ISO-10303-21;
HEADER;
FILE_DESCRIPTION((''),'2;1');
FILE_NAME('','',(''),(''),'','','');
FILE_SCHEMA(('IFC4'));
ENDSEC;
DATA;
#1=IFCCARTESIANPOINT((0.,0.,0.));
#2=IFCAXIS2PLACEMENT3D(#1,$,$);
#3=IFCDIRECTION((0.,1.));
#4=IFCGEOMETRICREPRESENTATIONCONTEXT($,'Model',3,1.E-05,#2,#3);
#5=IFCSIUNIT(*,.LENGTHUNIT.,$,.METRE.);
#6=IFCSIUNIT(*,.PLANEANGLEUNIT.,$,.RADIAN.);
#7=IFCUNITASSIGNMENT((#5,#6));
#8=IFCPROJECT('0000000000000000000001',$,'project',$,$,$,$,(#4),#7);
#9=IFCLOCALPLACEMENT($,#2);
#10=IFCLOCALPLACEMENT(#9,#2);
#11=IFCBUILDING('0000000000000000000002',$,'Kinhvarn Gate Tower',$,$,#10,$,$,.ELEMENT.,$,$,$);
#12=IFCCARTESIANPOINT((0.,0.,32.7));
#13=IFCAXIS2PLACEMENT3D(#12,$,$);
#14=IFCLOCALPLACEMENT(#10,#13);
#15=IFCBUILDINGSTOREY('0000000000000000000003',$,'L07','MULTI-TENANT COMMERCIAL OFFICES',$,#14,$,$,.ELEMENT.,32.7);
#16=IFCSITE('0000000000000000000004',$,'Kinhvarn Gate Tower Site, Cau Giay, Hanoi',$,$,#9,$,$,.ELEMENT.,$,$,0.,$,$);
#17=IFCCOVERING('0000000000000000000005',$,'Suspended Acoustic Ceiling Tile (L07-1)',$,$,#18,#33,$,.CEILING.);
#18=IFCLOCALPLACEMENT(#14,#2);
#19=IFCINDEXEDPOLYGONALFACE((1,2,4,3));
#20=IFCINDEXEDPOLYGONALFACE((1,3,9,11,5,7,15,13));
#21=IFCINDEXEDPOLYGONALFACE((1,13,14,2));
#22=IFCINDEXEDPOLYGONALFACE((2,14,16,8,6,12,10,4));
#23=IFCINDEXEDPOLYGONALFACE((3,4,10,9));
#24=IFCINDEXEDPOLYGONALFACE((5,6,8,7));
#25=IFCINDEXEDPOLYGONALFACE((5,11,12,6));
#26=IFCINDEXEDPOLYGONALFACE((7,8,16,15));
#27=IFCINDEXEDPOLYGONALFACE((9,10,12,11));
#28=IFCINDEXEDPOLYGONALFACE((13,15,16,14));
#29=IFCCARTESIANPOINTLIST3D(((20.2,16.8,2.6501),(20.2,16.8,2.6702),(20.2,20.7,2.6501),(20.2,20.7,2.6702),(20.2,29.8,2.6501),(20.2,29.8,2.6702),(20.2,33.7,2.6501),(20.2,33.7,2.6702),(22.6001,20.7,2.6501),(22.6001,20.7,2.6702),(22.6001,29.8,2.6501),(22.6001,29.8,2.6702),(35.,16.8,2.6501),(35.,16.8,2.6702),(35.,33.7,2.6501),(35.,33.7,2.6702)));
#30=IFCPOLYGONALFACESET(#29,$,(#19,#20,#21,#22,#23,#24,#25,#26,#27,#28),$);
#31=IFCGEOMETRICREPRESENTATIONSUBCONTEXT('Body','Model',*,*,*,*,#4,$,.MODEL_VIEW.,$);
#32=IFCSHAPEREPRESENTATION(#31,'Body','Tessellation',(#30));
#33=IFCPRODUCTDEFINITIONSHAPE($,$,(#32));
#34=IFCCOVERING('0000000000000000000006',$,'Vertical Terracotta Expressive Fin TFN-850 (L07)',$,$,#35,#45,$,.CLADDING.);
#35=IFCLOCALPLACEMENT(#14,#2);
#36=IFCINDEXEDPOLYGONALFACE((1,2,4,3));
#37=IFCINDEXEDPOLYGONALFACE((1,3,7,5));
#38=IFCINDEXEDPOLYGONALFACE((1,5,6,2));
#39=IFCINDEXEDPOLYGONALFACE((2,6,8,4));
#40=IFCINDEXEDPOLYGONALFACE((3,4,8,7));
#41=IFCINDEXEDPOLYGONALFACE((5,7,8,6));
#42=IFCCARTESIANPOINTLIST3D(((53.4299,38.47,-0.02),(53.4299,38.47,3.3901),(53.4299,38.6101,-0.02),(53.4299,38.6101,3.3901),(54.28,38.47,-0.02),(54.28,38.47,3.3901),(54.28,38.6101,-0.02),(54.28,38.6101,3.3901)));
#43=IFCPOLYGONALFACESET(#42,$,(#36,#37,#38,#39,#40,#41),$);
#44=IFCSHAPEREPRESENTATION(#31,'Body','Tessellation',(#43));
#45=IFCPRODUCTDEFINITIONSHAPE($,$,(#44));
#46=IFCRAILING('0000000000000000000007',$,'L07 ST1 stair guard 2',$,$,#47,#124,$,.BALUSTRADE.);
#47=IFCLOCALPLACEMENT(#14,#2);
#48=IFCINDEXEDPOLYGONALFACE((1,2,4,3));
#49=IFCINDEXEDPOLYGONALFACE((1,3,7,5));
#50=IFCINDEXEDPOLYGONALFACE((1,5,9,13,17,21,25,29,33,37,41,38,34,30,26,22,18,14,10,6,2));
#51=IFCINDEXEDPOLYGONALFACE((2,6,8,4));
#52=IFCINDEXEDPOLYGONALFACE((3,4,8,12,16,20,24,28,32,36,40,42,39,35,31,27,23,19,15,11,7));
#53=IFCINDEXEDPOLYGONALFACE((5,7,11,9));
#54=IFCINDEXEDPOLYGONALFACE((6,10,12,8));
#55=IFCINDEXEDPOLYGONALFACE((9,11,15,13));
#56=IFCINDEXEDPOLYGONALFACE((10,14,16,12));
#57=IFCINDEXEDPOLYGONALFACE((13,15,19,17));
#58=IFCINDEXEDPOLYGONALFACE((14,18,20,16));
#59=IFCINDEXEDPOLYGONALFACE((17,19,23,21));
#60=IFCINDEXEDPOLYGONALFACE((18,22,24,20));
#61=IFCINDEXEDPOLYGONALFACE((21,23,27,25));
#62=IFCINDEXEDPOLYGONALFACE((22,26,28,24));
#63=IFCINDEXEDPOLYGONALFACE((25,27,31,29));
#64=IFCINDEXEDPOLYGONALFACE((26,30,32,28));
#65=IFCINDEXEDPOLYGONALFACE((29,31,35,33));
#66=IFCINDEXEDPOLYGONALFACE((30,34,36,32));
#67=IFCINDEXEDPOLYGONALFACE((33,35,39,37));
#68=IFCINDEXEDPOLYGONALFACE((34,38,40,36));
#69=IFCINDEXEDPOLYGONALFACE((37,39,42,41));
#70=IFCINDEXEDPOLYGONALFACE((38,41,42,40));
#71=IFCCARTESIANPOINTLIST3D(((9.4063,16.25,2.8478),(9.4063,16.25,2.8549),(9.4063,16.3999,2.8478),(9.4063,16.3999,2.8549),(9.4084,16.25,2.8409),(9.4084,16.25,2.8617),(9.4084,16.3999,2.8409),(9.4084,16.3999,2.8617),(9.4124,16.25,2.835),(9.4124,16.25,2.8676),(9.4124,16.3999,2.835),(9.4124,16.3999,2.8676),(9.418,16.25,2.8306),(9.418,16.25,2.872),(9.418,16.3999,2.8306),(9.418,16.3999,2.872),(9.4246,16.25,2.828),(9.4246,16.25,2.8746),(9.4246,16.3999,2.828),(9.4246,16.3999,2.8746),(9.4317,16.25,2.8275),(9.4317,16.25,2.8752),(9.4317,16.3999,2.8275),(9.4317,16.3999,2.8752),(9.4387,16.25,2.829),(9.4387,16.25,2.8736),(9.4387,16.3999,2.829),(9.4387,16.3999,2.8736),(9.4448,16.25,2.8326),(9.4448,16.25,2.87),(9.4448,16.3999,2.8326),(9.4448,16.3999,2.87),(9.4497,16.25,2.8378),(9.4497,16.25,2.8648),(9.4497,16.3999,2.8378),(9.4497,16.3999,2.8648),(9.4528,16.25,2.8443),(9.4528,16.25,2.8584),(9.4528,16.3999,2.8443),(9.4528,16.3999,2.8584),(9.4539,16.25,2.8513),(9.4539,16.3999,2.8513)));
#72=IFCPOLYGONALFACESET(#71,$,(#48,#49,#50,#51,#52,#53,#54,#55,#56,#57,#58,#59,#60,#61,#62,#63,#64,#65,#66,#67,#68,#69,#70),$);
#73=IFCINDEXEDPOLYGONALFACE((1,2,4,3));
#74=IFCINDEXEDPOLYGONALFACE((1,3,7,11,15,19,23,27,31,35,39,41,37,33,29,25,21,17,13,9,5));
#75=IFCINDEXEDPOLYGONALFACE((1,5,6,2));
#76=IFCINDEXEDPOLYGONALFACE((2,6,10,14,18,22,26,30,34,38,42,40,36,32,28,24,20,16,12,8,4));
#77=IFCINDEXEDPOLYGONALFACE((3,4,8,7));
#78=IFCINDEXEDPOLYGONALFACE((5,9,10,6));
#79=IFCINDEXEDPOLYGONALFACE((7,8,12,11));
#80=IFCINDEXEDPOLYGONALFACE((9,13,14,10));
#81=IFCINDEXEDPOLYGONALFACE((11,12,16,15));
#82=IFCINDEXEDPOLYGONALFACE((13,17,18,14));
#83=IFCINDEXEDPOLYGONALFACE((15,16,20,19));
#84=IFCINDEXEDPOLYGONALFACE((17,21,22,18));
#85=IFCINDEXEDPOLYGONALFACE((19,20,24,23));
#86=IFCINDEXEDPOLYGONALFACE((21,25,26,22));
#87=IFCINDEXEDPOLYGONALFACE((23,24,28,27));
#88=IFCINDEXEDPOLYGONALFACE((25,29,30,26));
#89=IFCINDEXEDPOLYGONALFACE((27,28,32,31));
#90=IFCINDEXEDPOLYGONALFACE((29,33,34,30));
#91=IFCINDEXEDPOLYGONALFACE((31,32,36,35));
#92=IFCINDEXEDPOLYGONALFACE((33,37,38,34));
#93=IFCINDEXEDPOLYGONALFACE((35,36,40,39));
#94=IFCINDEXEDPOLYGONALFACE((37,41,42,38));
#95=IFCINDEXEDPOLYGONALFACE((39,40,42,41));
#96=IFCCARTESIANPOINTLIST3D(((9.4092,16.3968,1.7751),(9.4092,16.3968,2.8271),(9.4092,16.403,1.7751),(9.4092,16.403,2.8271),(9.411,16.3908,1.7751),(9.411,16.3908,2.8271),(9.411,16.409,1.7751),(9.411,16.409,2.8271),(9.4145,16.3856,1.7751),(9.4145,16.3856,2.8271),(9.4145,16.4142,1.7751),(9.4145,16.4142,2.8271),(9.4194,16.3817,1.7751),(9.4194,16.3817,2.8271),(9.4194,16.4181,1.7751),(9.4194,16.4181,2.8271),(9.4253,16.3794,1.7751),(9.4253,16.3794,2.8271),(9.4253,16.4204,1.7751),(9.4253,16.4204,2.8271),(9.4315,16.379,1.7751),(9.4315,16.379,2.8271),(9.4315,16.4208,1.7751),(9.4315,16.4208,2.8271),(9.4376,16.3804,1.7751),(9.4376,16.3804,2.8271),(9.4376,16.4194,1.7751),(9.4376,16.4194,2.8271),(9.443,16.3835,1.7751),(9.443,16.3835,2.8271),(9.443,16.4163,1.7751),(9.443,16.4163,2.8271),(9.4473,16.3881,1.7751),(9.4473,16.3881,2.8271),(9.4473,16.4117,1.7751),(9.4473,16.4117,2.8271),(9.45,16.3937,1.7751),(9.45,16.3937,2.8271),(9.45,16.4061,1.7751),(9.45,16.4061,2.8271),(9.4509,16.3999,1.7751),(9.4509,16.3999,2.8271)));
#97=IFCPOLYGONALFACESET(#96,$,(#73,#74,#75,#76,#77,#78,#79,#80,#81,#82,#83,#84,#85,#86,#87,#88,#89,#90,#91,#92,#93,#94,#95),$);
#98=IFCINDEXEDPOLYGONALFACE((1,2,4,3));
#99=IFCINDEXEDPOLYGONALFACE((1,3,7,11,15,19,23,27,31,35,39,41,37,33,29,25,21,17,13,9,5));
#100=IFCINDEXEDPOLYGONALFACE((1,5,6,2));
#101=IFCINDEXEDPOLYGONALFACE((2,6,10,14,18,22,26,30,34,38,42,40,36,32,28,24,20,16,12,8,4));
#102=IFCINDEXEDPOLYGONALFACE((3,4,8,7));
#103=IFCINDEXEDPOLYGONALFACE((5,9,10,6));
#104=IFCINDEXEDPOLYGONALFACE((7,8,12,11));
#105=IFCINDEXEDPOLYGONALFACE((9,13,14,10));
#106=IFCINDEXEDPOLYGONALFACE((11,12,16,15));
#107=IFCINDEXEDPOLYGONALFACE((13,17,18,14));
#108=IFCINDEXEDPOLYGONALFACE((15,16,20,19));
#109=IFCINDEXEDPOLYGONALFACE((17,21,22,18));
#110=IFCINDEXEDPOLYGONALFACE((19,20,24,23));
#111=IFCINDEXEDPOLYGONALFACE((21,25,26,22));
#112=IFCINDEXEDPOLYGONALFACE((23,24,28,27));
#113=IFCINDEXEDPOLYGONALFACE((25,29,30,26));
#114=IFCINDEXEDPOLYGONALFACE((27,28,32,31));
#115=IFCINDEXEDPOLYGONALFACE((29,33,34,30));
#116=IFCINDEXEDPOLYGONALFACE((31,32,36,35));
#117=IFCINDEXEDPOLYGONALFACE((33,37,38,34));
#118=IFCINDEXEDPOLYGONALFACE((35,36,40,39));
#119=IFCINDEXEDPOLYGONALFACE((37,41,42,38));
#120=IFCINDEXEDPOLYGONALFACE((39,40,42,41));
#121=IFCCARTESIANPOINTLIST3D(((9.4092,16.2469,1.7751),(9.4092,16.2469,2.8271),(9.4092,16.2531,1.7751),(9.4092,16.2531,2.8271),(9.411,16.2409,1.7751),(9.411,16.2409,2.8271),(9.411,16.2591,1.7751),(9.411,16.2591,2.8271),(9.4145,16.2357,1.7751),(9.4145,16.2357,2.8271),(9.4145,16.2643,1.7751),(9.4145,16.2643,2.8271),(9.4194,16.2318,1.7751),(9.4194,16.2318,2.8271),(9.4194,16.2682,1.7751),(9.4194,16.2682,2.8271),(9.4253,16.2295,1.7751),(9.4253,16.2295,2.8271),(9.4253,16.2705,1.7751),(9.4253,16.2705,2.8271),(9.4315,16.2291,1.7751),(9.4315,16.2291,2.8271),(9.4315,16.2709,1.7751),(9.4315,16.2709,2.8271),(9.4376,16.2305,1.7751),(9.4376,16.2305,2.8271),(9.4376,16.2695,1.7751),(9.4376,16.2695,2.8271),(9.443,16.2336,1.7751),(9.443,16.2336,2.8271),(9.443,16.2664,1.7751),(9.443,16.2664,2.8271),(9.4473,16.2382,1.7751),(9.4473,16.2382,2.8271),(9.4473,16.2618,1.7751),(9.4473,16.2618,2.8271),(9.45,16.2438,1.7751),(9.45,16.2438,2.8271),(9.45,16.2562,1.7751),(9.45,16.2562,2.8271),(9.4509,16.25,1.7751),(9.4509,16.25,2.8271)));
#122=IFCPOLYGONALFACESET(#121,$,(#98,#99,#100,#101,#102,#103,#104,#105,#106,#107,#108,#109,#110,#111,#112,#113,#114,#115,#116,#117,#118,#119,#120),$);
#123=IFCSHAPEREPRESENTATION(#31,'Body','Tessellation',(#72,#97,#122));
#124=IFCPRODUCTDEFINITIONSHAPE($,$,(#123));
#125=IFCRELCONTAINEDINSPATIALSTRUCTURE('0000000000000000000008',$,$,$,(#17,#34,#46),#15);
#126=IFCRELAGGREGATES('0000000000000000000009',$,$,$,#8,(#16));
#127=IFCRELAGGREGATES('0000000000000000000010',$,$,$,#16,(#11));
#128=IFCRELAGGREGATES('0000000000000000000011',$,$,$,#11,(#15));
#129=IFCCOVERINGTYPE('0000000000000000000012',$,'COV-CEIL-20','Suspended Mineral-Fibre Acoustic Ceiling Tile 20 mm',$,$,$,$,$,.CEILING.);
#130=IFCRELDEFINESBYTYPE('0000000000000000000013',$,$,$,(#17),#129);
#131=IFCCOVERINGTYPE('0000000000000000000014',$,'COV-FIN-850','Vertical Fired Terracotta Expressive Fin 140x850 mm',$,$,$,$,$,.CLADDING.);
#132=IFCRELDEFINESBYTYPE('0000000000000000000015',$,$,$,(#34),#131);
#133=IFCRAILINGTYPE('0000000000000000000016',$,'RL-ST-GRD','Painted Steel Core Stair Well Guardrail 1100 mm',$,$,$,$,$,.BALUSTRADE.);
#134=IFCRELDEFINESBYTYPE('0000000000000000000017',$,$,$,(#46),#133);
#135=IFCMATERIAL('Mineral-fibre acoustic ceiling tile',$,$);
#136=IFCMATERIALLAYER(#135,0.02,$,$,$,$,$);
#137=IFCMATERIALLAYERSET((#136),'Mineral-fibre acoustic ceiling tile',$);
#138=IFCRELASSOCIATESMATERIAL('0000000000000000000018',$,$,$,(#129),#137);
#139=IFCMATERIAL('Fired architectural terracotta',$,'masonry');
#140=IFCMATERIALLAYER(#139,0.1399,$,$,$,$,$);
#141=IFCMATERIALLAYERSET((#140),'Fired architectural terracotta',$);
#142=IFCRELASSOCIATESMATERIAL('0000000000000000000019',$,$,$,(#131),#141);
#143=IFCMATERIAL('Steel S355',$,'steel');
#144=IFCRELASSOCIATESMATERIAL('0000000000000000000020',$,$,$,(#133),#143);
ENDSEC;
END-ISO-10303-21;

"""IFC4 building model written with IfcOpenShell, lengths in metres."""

from ifc_helpers import new_model, si_unit, direction, frame, origin, origin_2d, place, context, subcontext, project, spatial, polyline, circle, outline, extrude, material, layer, layer_set, type_object, element, save


model = new_model("IFC4")

# Units and contexts
model_context = context("Model", 3, precision=1e-05, world=origin(), true_north=direction((0.0, 1.0)))
body_context = subcontext(model_context, "Body", "Model", "MODEL_VIEW")
ifc_project = project(units=[si_unit("LENGTHUNIT", "METRE"), si_unit("PLANEANGLEUNIT", "RADIAN")], contexts=[model_context])

# Site, building, storey
site_placement = place(None, origin())
site = spatial("IfcSite", under=ifc_project, at=site_placement, Name="Kinhvarn Gate Tower Site, Cau Giay, Hanoi", CompositionType="ELEMENT", RefElevation=0.0)
building_placement = place(site_placement, origin())
building = spatial("IfcBuilding", under=site, at=building_placement, Name="Kinhvarn Gate Tower", CompositionType="ELEMENT")
storey_placement = place(building_placement, frame((0.0, 0.0, 32.7)))
storey = spatial("IfcBuildingStorey", under=building, at=storey_placement, Name="L07", Description="MULTI-TENANT COMMERCIAL OFFICES", CompositionType="ELEMENT", Elevation=32.7)

# Shared definitions
ifc_material_1 = material(Name="Steel S355", Category="steel")

# Shared definitions
ifc_material_2 = material(Name="Fired architectural terracotta", Category="masonry")

# Coverings
ifc_material_3 = material(Name="Mineral-fibre acoustic ceiling tile")
ifc_layer_1 = layer(ifc_material_3, 0.02)
ifc_layer_set_1 = layer_set([ifc_layer_1], Name="Mineral-fibre acoustic ceiling tile")
covering_type_1 = type_object("IfcCoveringType", Name="COV-CEIL-20", Description="Suspended Mineral-Fibre Acoustic Ceiling Tile 20 mm", PredefinedType="CEILING", material=ifc_layer_set_1)
covering_1_placement = place(storey_placement, frame((0.0, 0.0, 2.6501)))
element("IfcCovering", 1, at=covering_1_placement, inside=storey, type_object=covering_type_1, Name="Suspended Acoustic Ceiling Tile (L07-1)", PredefinedType="CEILING", context=body_context, shape_type="SweptSolid", body=[
    extrude(outline(polyline([(35.0, 33.7), (35.0, 16.8), (20.2, 16.8), (20.2, 20.7), (22.6001, 20.7), (22.6001, 29.8), (20.2, 29.8), (20.2, 33.7), (35.0, 33.7)])), origin(), (0.0, 0.0, 1.0), 0.02),
])
ifc_layer_2 = layer(ifc_material_2, 0.1399)
ifc_layer_set_2 = layer_set([ifc_layer_2], Name="Fired architectural terracotta")
covering_type_2 = type_object("IfcCoveringType", Name="COV-FIN-850", Description="Vertical Fired Terracotta Expressive Fin 140x850 mm", PredefinedType="CLADDING", material=ifc_layer_set_2)
covering_2_placement = place(storey_placement, frame((0.0, 0.0, -0.02)))
element("IfcCovering", 2, at=covering_2_placement, inside=storey, type_object=covering_type_2, Name="Vertical Terracotta Expressive Fin TFN-850 (L07)", PredefinedType="CLADDING", context=body_context, shape_type="SweptSolid", body=[
    extrude(outline(polyline([(53.4299, 38.47), (53.4299, 38.6101), (54.28, 38.6101), (54.28, 38.47), (53.4299, 38.47)])), origin(), (0.0, 0.0, 1.0), 3.4102),
])

# Railing
railing_type_1 = type_object("IfcRailingType", Name="RL-ST-GRD", Description="Painted Steel Core Stair Well Guardrail 1100 mm", PredefinedType="BALUSTRADE", material=ifc_material_1)
railing_1_placement = place(storey_placement, frame((9.4299, 16.3999, 1.7751)))
element("IfcRailing", 3, at=railing_1_placement, inside=storey, type_object=railing_type_1, Name="L07 ST1 stair guard 2", PredefinedType="BALUSTRADE", context=body_context, shape_type="SweptSolid", body=[
    extrude(circle(Radius=0.0239, at=origin_2d()), frame((0.0, 0.0, 1.0762), z_axis=(0.0, -1.0, 0.0), x_axis=(1.0, 0.0, 0.0)), (0.0, 0.0, 1.0), 0.1499),
    extrude(circle(Radius=0.021, at=origin_2d()), origin(), (0.0, 0.0, 1.0), 1.052),
    extrude(circle(Radius=0.021, at=origin_2d()), frame((0.0, -0.1499, 0.0)), (0.0, 0.0, 1.0), 1.052),
])

save(model, "model.ifc")
